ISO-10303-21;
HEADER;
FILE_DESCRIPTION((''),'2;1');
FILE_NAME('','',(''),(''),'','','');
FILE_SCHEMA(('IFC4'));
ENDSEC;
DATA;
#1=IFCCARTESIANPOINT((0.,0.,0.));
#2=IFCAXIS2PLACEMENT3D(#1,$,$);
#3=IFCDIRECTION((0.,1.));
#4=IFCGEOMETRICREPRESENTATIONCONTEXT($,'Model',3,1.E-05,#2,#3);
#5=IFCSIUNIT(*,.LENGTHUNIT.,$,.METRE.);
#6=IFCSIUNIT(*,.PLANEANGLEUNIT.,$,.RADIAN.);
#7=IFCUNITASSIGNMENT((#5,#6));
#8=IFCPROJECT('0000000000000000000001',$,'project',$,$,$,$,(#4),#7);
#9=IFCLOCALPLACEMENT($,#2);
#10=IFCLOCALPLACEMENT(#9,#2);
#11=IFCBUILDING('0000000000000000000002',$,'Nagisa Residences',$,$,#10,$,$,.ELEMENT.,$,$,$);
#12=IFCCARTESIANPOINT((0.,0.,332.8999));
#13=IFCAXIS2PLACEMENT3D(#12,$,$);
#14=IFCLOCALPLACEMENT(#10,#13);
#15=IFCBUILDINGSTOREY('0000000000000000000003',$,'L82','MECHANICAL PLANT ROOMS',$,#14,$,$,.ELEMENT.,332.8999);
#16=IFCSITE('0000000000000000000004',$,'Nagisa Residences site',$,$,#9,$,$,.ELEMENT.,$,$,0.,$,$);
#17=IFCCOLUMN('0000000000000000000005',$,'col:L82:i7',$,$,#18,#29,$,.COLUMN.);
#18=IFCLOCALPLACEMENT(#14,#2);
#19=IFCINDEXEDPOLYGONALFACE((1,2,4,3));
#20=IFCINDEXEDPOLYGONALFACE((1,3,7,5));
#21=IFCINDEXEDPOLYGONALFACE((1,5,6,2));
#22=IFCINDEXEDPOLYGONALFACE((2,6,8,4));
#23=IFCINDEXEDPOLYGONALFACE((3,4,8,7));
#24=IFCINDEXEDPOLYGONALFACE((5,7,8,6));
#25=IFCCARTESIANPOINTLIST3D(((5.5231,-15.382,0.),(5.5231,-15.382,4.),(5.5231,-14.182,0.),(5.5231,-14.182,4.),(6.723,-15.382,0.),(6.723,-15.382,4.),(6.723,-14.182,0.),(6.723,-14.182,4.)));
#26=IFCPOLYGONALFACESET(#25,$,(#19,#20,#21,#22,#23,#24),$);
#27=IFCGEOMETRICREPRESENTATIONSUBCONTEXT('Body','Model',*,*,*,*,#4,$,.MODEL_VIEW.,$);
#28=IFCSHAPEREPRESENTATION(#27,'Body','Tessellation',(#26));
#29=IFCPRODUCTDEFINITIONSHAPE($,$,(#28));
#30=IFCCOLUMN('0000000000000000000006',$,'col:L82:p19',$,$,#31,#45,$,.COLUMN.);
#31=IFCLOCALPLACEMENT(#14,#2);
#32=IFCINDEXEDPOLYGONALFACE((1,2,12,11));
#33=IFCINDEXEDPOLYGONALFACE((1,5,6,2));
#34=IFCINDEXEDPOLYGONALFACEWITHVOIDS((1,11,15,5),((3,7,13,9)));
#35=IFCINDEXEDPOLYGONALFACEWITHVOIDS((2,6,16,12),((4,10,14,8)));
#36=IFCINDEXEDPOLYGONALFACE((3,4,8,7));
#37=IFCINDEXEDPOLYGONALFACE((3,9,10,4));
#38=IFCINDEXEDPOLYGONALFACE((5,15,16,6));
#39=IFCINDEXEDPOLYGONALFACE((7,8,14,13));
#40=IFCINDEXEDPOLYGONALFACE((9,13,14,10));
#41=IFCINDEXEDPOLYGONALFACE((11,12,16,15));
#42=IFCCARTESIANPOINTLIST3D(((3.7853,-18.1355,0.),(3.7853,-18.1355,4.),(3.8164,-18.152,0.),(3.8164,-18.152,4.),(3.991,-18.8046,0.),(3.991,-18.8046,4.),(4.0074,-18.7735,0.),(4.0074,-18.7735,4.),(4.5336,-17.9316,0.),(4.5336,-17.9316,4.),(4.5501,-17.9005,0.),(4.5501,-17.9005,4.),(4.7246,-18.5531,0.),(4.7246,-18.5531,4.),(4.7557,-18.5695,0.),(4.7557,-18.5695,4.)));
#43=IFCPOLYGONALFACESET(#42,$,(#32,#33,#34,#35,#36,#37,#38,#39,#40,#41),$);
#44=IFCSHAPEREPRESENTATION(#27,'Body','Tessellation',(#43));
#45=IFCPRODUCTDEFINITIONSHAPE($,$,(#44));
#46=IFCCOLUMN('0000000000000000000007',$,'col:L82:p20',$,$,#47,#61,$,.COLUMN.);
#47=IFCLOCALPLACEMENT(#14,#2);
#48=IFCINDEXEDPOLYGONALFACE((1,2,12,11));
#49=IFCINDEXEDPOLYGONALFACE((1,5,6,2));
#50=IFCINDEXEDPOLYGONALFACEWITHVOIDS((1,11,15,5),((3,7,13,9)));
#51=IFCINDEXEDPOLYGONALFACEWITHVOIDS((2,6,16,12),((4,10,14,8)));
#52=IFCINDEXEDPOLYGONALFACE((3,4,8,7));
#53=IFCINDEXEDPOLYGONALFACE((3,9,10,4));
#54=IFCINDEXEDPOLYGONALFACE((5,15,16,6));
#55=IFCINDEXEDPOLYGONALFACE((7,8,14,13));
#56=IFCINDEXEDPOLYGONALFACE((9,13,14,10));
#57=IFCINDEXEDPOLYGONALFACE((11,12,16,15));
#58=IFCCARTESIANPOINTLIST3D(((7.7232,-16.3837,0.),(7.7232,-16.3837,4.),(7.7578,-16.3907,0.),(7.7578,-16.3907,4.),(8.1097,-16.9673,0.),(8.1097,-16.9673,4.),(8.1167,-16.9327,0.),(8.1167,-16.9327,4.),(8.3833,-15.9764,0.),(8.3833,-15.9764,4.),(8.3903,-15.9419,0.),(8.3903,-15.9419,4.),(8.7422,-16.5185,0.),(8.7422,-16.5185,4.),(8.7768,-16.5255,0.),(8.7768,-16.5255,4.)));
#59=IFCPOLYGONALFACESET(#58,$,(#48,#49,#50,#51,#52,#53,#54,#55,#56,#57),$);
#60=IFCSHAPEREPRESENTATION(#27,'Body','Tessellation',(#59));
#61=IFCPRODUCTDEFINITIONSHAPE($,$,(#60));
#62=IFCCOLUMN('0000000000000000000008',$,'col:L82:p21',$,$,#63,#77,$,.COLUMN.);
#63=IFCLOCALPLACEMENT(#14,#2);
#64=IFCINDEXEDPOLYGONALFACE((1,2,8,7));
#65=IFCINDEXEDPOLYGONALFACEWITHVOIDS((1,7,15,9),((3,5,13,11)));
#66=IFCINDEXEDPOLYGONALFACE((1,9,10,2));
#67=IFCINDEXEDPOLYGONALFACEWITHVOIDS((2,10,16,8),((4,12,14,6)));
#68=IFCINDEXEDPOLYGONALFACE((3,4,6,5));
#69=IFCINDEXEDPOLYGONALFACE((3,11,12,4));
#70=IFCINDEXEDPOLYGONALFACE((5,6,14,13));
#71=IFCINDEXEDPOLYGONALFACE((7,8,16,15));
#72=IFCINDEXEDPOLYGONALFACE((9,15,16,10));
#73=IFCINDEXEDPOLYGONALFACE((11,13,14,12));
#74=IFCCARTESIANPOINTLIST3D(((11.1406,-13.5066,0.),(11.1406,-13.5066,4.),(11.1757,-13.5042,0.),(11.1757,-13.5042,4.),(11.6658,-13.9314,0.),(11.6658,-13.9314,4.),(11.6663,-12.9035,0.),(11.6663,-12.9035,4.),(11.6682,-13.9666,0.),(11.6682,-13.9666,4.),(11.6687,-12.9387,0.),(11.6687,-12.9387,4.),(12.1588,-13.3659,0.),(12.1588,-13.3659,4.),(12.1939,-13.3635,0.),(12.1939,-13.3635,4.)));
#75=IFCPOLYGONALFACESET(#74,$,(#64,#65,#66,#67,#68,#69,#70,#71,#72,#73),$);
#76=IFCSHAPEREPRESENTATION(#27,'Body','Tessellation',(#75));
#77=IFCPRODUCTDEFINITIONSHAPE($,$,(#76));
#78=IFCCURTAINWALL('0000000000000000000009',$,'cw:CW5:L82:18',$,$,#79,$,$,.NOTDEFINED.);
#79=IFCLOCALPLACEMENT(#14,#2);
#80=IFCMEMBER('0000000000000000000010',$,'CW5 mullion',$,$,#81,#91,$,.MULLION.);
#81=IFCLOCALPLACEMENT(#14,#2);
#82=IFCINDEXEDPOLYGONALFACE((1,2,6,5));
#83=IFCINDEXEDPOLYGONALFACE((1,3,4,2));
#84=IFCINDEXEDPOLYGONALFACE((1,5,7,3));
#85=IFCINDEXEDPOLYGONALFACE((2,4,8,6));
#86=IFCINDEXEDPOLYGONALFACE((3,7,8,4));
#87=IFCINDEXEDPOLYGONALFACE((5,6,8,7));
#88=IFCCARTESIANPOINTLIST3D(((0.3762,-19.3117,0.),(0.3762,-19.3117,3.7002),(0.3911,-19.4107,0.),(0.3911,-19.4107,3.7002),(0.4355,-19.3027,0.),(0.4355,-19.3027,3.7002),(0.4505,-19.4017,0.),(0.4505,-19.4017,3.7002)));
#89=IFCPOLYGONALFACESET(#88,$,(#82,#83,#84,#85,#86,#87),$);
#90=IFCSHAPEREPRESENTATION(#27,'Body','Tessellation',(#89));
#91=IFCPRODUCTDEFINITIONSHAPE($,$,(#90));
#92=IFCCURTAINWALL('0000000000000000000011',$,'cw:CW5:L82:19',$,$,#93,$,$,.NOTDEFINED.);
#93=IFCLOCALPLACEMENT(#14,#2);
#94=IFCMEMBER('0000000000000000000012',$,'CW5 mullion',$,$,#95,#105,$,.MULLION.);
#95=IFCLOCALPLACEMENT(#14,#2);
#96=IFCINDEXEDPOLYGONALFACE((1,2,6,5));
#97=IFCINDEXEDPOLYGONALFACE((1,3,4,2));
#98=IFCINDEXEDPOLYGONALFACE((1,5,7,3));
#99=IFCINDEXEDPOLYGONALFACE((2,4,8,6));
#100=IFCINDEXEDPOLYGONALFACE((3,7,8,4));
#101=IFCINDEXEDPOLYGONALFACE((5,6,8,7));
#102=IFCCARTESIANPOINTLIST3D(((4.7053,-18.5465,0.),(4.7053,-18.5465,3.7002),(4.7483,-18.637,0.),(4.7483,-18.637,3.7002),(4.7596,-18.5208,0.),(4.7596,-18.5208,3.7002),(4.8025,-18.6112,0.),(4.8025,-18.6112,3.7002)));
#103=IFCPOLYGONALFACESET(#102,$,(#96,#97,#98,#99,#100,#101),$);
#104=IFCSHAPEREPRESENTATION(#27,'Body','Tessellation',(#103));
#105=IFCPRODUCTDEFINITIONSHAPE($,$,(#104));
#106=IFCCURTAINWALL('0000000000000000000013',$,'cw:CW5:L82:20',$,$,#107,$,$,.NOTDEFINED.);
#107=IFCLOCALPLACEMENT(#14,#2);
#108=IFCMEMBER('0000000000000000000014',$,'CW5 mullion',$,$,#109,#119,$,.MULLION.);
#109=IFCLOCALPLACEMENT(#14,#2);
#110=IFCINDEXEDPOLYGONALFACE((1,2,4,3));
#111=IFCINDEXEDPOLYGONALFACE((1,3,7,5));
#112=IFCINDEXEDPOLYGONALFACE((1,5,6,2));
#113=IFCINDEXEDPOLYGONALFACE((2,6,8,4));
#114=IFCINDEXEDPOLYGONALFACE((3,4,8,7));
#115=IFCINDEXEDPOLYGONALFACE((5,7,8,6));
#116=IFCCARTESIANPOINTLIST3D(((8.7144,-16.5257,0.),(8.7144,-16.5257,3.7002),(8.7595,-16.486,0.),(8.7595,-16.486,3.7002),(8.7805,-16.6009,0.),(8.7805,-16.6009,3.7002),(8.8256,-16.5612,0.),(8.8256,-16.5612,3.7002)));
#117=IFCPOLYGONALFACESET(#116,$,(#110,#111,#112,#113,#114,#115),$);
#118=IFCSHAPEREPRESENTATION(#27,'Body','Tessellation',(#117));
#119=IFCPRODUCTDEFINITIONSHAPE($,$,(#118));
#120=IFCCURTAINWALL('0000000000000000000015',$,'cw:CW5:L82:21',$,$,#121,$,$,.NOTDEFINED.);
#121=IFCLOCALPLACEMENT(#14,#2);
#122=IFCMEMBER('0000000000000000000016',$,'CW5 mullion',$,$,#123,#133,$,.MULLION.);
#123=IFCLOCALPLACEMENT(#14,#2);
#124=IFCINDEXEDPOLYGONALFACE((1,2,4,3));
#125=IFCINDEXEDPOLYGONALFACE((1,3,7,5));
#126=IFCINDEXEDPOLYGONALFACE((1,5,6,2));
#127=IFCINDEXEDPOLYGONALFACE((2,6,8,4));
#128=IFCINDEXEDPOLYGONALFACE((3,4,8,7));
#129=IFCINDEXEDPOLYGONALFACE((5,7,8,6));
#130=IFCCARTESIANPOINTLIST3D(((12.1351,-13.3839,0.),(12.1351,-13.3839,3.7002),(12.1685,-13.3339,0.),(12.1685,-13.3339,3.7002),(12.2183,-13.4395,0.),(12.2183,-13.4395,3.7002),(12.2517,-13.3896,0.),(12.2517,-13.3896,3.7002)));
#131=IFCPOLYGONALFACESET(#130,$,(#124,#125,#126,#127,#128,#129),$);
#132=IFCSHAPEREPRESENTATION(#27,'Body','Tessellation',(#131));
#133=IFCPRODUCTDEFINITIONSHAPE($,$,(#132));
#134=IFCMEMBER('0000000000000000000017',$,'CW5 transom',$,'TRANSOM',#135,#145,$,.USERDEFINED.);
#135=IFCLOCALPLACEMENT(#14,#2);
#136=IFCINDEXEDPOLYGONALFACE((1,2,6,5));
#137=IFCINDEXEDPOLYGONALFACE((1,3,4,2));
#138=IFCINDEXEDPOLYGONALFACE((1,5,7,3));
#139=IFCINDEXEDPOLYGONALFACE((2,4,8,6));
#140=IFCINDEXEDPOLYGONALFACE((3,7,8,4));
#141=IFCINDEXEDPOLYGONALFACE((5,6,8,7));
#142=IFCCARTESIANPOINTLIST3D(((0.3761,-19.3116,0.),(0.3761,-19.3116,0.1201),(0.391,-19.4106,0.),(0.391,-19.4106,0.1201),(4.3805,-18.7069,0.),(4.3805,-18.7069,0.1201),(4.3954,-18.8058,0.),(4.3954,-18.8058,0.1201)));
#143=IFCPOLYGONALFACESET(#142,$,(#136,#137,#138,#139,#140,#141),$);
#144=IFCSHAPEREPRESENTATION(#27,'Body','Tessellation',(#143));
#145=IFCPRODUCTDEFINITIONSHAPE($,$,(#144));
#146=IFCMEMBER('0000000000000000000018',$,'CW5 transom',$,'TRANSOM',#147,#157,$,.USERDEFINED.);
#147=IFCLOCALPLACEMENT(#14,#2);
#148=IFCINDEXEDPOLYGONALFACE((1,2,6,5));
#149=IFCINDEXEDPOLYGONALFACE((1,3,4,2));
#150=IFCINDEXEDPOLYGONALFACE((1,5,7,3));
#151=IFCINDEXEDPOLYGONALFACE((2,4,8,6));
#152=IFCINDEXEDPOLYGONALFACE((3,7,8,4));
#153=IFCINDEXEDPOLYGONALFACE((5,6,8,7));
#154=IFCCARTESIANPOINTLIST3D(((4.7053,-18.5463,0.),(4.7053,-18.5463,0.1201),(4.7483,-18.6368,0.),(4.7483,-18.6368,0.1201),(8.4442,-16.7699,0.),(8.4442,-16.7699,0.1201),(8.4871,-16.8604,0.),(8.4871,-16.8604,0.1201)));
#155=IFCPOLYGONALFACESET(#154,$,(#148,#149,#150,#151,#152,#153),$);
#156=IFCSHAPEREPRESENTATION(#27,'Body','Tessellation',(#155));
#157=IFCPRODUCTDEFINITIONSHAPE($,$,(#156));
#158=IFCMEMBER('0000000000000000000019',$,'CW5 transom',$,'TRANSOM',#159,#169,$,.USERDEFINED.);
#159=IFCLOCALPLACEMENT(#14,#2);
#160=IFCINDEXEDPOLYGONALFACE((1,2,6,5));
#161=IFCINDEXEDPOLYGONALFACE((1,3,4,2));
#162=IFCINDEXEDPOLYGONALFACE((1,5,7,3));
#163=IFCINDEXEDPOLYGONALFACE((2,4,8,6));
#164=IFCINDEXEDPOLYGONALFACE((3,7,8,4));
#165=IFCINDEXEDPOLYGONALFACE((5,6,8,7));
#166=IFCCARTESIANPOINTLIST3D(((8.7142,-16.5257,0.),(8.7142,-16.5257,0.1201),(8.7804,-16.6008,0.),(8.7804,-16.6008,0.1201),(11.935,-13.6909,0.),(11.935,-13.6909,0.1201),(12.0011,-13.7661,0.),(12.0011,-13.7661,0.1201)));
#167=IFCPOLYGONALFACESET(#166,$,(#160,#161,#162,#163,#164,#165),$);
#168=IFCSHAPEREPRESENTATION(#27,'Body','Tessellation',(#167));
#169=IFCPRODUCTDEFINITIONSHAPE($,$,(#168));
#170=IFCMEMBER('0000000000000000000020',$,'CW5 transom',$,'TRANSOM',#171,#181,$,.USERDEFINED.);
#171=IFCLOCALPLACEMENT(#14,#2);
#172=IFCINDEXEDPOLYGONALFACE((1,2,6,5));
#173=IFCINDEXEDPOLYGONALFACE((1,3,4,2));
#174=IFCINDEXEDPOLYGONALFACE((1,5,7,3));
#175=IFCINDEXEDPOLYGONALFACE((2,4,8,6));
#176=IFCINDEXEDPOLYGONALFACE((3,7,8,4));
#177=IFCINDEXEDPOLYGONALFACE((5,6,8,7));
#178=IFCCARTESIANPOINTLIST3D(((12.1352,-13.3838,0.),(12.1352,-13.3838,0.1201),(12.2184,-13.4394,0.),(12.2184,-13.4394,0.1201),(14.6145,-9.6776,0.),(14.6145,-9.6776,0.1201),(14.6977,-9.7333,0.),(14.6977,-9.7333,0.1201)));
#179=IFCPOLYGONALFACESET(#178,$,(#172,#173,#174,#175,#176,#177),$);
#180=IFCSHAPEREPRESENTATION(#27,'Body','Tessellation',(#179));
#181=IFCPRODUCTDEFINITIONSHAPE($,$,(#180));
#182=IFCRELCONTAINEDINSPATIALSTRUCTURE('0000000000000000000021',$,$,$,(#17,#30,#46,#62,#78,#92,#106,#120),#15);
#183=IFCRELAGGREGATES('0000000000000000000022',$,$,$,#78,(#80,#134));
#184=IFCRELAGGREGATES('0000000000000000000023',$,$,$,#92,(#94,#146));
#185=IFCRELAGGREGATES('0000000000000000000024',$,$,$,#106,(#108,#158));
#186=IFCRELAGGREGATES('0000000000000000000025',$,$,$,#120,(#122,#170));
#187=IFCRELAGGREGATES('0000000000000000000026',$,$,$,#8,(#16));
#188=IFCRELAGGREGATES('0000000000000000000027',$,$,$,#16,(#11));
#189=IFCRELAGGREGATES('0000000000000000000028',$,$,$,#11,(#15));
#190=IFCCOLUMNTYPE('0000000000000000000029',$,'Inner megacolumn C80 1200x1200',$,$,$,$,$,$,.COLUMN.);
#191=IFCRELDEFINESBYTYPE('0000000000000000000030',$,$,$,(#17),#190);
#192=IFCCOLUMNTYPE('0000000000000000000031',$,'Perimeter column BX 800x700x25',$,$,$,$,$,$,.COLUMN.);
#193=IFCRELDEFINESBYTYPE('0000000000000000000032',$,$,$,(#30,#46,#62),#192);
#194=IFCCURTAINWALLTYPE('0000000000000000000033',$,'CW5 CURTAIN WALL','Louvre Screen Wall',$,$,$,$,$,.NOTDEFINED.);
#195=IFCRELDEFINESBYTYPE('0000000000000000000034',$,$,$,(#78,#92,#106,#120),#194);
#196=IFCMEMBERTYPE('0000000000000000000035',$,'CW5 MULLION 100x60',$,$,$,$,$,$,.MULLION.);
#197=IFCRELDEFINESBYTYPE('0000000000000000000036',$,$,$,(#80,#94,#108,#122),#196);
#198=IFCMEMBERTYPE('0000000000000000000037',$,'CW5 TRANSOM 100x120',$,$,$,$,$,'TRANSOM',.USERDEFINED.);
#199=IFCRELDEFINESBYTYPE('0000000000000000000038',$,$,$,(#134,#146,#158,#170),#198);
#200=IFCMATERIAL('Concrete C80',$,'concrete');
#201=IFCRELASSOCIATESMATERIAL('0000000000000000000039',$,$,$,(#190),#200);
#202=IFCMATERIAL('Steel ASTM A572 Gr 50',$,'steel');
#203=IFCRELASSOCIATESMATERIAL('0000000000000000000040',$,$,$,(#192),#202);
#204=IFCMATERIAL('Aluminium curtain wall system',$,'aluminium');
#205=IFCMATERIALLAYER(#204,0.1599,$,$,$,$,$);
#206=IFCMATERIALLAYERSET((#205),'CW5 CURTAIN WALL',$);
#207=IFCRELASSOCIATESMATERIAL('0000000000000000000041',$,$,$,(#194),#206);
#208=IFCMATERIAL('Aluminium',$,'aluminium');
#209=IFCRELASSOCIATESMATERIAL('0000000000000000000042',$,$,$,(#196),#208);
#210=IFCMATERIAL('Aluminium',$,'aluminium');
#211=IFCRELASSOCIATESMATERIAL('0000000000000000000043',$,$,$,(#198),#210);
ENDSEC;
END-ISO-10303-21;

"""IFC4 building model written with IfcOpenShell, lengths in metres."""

from ifc_helpers import new_model, si_unit, direction, frame, origin, origin_2d, place, context, subcontext, project, spatial, rectangle, hollow_rectangle, extrude, material, layer, layer_set, material_profile, profile_set, type_object, element, aggregate, save


model = new_model("IFC4")

# Units and contexts
model_context = context("Model", 3, precision=1e-05, world=origin(), true_north=direction((0.0, 1.0)))
body_context = subcontext(model_context, "Body", "Model", "MODEL_VIEW")
ifc_project = project(units=[si_unit("LENGTHUNIT", "METRE"), si_unit("PLANEANGLEUNIT", "RADIAN")], contexts=[model_context])

# Site, building, storey
site_placement = place(None, origin())
site = spatial("IfcSite", under=ifc_project, at=site_placement, Name="Nagisa Residences site", CompositionType="ELEMENT", RefElevation=0.0)
building_placement = place(site_placement, origin())
building = spatial("IfcBuilding", under=site, at=building_placement, Name="Nagisa Residences", CompositionType="ELEMENT")
storey_placement = place(building_placement, frame((0.0, 0.0, 332.8999)))
storey = spatial("IfcBuildingStorey", under=building, at=storey_placement, Name="L82", Description="MECHANICAL PLANT ROOMS", CompositionType="ELEMENT", Elevation=332.8999)

# Columns
ifc_material_1 = material(Name="Concrete C80", Category="concrete")
ifc_material_profile_1 = material_profile(ifc_material_1, rectangle(XDim=1.2, YDim=1.2, at=origin_2d()), Name="C80 1200x1200")
ifc_profile_set_1 = profile_set([ifc_material_profile_1], Name="Concrete C80")
column_type_1 = type_object("IfcColumnType", Name="Inner megacolumn C80 1200x1200", PredefinedType="COLUMN", material=ifc_profile_set_1)
column_placement = place(storey_placement, frame((6.123, -14.782, 0.0), z_axis=(0.0, 0.0, 1.0), x_axis=(1.0, 0.0, 0.0)))
element("IfcColumn", 1, at=column_placement, inside=storey, type_object=column_type_1, Name="col:L82:i7", PredefinedType="COLUMN", context=body_context, shape_type="SweptSolid", body=[
    extrude(rectangle(XDim=1.2, YDim=1.2, at=origin_2d()), origin(), (0.0, 0.0, 1.0), 4.0),
])
ifc_material_2 = material(Name="Steel ASTM A572 Gr 50", Category="steel")
ifc_material_profile_2 = material_profile(ifc_material_2, hollow_rectangle(XDim=0.8, YDim=0.7, WallThickness=0.0249, at=origin_2d()), Name="BX 800x700x25")
ifc_profile_set_2 = profile_set([ifc_material_profile_2], Name="Steel ASTM A572 Gr 50")
column_type_2 = type_object("IfcColumnType", Name="Perimeter column BX 800x700x25", PredefinedType="COLUMN", material=ifc_profile_set_2)
for number, where, z_axis, x_axis, name in (
    (2, (4.2705, -18.3525, 0.0), (0.0, 0.0, 1.0), (0.95587, 0.29379, 0.0), "col:L82:p19"),
    (3, (8.25, -16.4546, 0.0), (0.0, 0.0, 1.0), (0.833744, 0.552151, 0.0), "col:L82:p20"),
    (4, (11.6672, -13.4351, 0.0), (0.0, 0.0, 1.0), (0.657135, 0.753773, 0.0), "col:L82:p21"),
):
    element("IfcColumn", number, at=place(storey_placement, frame(where, z_axis=z_axis, x_axis=x_axis)), inside=storey, type_object=column_type_2, Name=name, PredefinedType="COLUMN", context=body_context, shape_type="SweptSolid", body=[
        extrude(hollow_rectangle(XDim=0.8, YDim=0.7, WallThickness=0.0249, at=origin_2d()), origin(), (0.0, 0.0, 1.0), 4.0),
    ])

# Curtain walls, members
ifc_material_3 = material(Name="Aluminium curtain wall system", Category="aluminium")
ifc_layer_1 = layer(ifc_material_3, 0.1599)
ifc_layer_set_1 = layer_set([ifc_layer_1], Name="CW5 CURTAIN WALL")
curtain_wall_type = type_object("IfcCurtainWallType", Name="CW5 CURTAIN WALL", Description="Louvre Screen Wall", PredefinedType="NOTDEFINED", material=ifc_layer_set_1)
curtain_wall_1_placement = place(storey_placement, origin())
curtain_wall_1 = element("IfcCurtainWall", 5, at=curtain_wall_1_placement, inside=storey, type_object=curtain_wall_type, Name="cw:CW5:L82:18", PredefinedType="NOTDEFINED")
ifc_material_4 = material(Name="Aluminium", Category="aluminium")
ifc_material_profile_3 = material_profile(ifc_material_4, rectangle(XDim=0.1001, YDim=0.0601, at=origin_2d()), Name="CW5 MULLION 100x60")
ifc_profile_set_3 = profile_set([ifc_material_profile_3], Name="Aluminium")
member_type_1 = type_object("IfcMemberType", Name="CW5 MULLION 100x60", PredefinedType="MULLION", material=ifc_profile_set_3)
member_1_placement = place(storey_placement, frame((0.4133, -19.3567, 0.0), z_axis=(0.0, 0.0, 1.0), x_axis=(-0.14932, 0.988789, 0.0)))
member_1 = element("IfcMember", 6, at=member_1_placement, type_object=member_type_1, Name="CW5 mullion", PredefinedType="MULLION", context=body_context, shape_type="SweptSolid", body=[
    extrude(rectangle(XDim=0.1001, YDim=0.0601, at=origin_2d()), origin(), (0.0, 0.0, 1.0), 3.7002),
])
curtain_wall_2_placement = place(storey_placement, origin())
curtain_wall_2 = element("IfcCurtainWall", 7, at=curtain_wall_2_placement, inside=storey, type_object=curtain_wall_type, Name="cw:CW5:L82:19", PredefinedType="NOTDEFINED")
member_2_placement = place(storey_placement, frame((4.7539, -18.5789, 0.0), z_axis=(0.0, 0.0, 1.0), x_axis=(-0.429151, 0.903233, 0.0)))
member_2 = element("IfcMember", 8, at=member_2_placement, type_object=member_type_1, Name="CW5 mullion", PredefinedType="MULLION", context=body_context, shape_type="SweptSolid", body=[
    extrude(rectangle(XDim=0.1001, YDim=0.0601, at=origin_2d()), origin(), (0.0, 0.0, 1.0), 3.7002),
])
curtain_wall_3_placement = place(storey_placement, origin())
curtain_wall_3 = element("IfcCurtainWall", 9, at=curtain_wall_3_placement, inside=storey, type_object=curtain_wall_type, Name="cw:CW5:L82:20", PredefinedType="NOTDEFINED")
member_3_placement = place(storey_placement, frame((8.77, -16.5435, 0.0), z_axis=(0.0, 0.0, 1.0), x_axis=(-0.660699, 0.750651, 0.0)))
member_3 = element("IfcMember", 10, at=member_3_placement, type_object=member_type_1, Name="CW5 mullion", PredefinedType="MULLION", context=body_context, shape_type="SweptSolid", body=[
    extrude(rectangle(XDim=0.1001, YDim=0.0601, at=origin_2d()), origin(), (0.0, 0.0, 1.0), 3.7002),
])
curtain_wall_4_placement = place(storey_placement, origin())
curtain_wall_4 = element("IfcCurtainWall", 11, at=curtain_wall_4_placement, inside=storey, type_object=curtain_wall_type, Name="cw:CW5:L82:21", PredefinedType="NOTDEFINED")
member_4_placement = place(storey_placement, frame((12.1934, -13.3867, 0.0), z_axis=(0.0, 0.0, 1.0), x_axis=(-0.831173, 0.556014, 0.0)))
member_4 = element("IfcMember", 12, at=member_4_placement, type_object=member_type_1, Name="CW5 mullion", PredefinedType="MULLION", context=body_context, shape_type="SweptSolid", body=[
    extrude(rectangle(XDim=0.1001, YDim=0.0601, at=origin_2d()), origin(), (0.0, 0.0, 1.0), 3.7002),
])

# Members
ifc_material_5 = material(Name="Aluminium", Category="aluminium")
ifc_material_profile_4 = material_profile(ifc_material_5, rectangle(XDim=0.1001, YDim=0.1201, at=origin_2d()), Name="CW5 TRANSOM 100x120")
ifc_profile_set_4 = profile_set([ifc_material_profile_4], Name="Aluminium")
member_type_2 = type_object("IfcMemberType", Name="CW5 TRANSOM 100x120", ElementType="TRANSOM", PredefinedType="USERDEFINED", material=ifc_profile_set_4)
member_5_placement = place(storey_placement, frame((0.3835, -19.3611, 0.0601), z_axis=(0.988788, 0.149325, 0.0), x_axis=(-0.149325, 0.988788, 0.0)))
member_5 = element("IfcMember", 13, at=member_5_placement, type_object=member_type_2, Name="CW5 transom", ObjectType="TRANSOM", PredefinedType="USERDEFINED", context=body_context, shape_type="SweptSolid", body=[
    extrude(rectangle(XDim=0.1001, YDim=0.1201, at=origin_2d()), origin(), (0.0, 0.0, 1.0), 4.0498),
])
member_6_placement = place(storey_placement, frame((4.7268, -18.5916, 0.0601), z_axis=(0.903235, 0.429146, 0.0), x_axis=(-0.429146, 0.903235, 0.0)))
member_6 = element("IfcMember", 14, at=member_6_placement, type_object=member_type_2, Name="CW5 transom", ObjectType="TRANSOM", PredefinedType="USERDEFINED", context=body_context, shape_type="SweptSolid", body=[
    extrude(rectangle(XDim=0.1001, YDim=0.1201, at=origin_2d()), origin(), (0.0, 0.0, 1.0), 4.1394),
])
member_7_placement = place(storey_placement, frame((8.7473, -16.5632, 0.0601), z_axis=(0.750656, 0.660693, 0.0), x_axis=(-0.660693, 0.750656, 0.0)))
member_7 = element("IfcMember", 15, at=member_7_placement, type_object=member_type_2, Name="CW5 transom", ObjectType="TRANSOM", PredefinedType="USERDEFINED", context=body_context, shape_type="SweptSolid", body=[
    extrude(rectangle(XDim=0.1001, YDim=0.1201, at=origin_2d()), origin(), (0.0, 0.0, 1.0), 4.2905),
])
member_8_placement = place(storey_placement, frame((12.1768, -13.4116, 0.0601), z_axis=(0.556026, 0.831165, 0.0), x_axis=(-0.831165, 0.556026, 0.0)))
member_8 = element("IfcMember", 16, at=member_8_placement, type_object=member_type_2, Name="CW5 transom", ObjectType="TRANSOM", PredefinedType="USERDEFINED", context=body_context, shape_type="SweptSolid", body=[
    extrude(rectangle(XDim=0.1001, YDim=0.1201, at=origin_2d()), origin(), (0.0, 0.0, 1.0), 4.459),
])

aggregate(curtain_wall_1, [member_1, member_5])
aggregate(curtain_wall_2, [member_2, member_6])
aggregate(curtain_wall_3, [member_3, member_7])
aggregate(curtain_wall_4, [member_4, member_8])

save(model, "model.ifc")
